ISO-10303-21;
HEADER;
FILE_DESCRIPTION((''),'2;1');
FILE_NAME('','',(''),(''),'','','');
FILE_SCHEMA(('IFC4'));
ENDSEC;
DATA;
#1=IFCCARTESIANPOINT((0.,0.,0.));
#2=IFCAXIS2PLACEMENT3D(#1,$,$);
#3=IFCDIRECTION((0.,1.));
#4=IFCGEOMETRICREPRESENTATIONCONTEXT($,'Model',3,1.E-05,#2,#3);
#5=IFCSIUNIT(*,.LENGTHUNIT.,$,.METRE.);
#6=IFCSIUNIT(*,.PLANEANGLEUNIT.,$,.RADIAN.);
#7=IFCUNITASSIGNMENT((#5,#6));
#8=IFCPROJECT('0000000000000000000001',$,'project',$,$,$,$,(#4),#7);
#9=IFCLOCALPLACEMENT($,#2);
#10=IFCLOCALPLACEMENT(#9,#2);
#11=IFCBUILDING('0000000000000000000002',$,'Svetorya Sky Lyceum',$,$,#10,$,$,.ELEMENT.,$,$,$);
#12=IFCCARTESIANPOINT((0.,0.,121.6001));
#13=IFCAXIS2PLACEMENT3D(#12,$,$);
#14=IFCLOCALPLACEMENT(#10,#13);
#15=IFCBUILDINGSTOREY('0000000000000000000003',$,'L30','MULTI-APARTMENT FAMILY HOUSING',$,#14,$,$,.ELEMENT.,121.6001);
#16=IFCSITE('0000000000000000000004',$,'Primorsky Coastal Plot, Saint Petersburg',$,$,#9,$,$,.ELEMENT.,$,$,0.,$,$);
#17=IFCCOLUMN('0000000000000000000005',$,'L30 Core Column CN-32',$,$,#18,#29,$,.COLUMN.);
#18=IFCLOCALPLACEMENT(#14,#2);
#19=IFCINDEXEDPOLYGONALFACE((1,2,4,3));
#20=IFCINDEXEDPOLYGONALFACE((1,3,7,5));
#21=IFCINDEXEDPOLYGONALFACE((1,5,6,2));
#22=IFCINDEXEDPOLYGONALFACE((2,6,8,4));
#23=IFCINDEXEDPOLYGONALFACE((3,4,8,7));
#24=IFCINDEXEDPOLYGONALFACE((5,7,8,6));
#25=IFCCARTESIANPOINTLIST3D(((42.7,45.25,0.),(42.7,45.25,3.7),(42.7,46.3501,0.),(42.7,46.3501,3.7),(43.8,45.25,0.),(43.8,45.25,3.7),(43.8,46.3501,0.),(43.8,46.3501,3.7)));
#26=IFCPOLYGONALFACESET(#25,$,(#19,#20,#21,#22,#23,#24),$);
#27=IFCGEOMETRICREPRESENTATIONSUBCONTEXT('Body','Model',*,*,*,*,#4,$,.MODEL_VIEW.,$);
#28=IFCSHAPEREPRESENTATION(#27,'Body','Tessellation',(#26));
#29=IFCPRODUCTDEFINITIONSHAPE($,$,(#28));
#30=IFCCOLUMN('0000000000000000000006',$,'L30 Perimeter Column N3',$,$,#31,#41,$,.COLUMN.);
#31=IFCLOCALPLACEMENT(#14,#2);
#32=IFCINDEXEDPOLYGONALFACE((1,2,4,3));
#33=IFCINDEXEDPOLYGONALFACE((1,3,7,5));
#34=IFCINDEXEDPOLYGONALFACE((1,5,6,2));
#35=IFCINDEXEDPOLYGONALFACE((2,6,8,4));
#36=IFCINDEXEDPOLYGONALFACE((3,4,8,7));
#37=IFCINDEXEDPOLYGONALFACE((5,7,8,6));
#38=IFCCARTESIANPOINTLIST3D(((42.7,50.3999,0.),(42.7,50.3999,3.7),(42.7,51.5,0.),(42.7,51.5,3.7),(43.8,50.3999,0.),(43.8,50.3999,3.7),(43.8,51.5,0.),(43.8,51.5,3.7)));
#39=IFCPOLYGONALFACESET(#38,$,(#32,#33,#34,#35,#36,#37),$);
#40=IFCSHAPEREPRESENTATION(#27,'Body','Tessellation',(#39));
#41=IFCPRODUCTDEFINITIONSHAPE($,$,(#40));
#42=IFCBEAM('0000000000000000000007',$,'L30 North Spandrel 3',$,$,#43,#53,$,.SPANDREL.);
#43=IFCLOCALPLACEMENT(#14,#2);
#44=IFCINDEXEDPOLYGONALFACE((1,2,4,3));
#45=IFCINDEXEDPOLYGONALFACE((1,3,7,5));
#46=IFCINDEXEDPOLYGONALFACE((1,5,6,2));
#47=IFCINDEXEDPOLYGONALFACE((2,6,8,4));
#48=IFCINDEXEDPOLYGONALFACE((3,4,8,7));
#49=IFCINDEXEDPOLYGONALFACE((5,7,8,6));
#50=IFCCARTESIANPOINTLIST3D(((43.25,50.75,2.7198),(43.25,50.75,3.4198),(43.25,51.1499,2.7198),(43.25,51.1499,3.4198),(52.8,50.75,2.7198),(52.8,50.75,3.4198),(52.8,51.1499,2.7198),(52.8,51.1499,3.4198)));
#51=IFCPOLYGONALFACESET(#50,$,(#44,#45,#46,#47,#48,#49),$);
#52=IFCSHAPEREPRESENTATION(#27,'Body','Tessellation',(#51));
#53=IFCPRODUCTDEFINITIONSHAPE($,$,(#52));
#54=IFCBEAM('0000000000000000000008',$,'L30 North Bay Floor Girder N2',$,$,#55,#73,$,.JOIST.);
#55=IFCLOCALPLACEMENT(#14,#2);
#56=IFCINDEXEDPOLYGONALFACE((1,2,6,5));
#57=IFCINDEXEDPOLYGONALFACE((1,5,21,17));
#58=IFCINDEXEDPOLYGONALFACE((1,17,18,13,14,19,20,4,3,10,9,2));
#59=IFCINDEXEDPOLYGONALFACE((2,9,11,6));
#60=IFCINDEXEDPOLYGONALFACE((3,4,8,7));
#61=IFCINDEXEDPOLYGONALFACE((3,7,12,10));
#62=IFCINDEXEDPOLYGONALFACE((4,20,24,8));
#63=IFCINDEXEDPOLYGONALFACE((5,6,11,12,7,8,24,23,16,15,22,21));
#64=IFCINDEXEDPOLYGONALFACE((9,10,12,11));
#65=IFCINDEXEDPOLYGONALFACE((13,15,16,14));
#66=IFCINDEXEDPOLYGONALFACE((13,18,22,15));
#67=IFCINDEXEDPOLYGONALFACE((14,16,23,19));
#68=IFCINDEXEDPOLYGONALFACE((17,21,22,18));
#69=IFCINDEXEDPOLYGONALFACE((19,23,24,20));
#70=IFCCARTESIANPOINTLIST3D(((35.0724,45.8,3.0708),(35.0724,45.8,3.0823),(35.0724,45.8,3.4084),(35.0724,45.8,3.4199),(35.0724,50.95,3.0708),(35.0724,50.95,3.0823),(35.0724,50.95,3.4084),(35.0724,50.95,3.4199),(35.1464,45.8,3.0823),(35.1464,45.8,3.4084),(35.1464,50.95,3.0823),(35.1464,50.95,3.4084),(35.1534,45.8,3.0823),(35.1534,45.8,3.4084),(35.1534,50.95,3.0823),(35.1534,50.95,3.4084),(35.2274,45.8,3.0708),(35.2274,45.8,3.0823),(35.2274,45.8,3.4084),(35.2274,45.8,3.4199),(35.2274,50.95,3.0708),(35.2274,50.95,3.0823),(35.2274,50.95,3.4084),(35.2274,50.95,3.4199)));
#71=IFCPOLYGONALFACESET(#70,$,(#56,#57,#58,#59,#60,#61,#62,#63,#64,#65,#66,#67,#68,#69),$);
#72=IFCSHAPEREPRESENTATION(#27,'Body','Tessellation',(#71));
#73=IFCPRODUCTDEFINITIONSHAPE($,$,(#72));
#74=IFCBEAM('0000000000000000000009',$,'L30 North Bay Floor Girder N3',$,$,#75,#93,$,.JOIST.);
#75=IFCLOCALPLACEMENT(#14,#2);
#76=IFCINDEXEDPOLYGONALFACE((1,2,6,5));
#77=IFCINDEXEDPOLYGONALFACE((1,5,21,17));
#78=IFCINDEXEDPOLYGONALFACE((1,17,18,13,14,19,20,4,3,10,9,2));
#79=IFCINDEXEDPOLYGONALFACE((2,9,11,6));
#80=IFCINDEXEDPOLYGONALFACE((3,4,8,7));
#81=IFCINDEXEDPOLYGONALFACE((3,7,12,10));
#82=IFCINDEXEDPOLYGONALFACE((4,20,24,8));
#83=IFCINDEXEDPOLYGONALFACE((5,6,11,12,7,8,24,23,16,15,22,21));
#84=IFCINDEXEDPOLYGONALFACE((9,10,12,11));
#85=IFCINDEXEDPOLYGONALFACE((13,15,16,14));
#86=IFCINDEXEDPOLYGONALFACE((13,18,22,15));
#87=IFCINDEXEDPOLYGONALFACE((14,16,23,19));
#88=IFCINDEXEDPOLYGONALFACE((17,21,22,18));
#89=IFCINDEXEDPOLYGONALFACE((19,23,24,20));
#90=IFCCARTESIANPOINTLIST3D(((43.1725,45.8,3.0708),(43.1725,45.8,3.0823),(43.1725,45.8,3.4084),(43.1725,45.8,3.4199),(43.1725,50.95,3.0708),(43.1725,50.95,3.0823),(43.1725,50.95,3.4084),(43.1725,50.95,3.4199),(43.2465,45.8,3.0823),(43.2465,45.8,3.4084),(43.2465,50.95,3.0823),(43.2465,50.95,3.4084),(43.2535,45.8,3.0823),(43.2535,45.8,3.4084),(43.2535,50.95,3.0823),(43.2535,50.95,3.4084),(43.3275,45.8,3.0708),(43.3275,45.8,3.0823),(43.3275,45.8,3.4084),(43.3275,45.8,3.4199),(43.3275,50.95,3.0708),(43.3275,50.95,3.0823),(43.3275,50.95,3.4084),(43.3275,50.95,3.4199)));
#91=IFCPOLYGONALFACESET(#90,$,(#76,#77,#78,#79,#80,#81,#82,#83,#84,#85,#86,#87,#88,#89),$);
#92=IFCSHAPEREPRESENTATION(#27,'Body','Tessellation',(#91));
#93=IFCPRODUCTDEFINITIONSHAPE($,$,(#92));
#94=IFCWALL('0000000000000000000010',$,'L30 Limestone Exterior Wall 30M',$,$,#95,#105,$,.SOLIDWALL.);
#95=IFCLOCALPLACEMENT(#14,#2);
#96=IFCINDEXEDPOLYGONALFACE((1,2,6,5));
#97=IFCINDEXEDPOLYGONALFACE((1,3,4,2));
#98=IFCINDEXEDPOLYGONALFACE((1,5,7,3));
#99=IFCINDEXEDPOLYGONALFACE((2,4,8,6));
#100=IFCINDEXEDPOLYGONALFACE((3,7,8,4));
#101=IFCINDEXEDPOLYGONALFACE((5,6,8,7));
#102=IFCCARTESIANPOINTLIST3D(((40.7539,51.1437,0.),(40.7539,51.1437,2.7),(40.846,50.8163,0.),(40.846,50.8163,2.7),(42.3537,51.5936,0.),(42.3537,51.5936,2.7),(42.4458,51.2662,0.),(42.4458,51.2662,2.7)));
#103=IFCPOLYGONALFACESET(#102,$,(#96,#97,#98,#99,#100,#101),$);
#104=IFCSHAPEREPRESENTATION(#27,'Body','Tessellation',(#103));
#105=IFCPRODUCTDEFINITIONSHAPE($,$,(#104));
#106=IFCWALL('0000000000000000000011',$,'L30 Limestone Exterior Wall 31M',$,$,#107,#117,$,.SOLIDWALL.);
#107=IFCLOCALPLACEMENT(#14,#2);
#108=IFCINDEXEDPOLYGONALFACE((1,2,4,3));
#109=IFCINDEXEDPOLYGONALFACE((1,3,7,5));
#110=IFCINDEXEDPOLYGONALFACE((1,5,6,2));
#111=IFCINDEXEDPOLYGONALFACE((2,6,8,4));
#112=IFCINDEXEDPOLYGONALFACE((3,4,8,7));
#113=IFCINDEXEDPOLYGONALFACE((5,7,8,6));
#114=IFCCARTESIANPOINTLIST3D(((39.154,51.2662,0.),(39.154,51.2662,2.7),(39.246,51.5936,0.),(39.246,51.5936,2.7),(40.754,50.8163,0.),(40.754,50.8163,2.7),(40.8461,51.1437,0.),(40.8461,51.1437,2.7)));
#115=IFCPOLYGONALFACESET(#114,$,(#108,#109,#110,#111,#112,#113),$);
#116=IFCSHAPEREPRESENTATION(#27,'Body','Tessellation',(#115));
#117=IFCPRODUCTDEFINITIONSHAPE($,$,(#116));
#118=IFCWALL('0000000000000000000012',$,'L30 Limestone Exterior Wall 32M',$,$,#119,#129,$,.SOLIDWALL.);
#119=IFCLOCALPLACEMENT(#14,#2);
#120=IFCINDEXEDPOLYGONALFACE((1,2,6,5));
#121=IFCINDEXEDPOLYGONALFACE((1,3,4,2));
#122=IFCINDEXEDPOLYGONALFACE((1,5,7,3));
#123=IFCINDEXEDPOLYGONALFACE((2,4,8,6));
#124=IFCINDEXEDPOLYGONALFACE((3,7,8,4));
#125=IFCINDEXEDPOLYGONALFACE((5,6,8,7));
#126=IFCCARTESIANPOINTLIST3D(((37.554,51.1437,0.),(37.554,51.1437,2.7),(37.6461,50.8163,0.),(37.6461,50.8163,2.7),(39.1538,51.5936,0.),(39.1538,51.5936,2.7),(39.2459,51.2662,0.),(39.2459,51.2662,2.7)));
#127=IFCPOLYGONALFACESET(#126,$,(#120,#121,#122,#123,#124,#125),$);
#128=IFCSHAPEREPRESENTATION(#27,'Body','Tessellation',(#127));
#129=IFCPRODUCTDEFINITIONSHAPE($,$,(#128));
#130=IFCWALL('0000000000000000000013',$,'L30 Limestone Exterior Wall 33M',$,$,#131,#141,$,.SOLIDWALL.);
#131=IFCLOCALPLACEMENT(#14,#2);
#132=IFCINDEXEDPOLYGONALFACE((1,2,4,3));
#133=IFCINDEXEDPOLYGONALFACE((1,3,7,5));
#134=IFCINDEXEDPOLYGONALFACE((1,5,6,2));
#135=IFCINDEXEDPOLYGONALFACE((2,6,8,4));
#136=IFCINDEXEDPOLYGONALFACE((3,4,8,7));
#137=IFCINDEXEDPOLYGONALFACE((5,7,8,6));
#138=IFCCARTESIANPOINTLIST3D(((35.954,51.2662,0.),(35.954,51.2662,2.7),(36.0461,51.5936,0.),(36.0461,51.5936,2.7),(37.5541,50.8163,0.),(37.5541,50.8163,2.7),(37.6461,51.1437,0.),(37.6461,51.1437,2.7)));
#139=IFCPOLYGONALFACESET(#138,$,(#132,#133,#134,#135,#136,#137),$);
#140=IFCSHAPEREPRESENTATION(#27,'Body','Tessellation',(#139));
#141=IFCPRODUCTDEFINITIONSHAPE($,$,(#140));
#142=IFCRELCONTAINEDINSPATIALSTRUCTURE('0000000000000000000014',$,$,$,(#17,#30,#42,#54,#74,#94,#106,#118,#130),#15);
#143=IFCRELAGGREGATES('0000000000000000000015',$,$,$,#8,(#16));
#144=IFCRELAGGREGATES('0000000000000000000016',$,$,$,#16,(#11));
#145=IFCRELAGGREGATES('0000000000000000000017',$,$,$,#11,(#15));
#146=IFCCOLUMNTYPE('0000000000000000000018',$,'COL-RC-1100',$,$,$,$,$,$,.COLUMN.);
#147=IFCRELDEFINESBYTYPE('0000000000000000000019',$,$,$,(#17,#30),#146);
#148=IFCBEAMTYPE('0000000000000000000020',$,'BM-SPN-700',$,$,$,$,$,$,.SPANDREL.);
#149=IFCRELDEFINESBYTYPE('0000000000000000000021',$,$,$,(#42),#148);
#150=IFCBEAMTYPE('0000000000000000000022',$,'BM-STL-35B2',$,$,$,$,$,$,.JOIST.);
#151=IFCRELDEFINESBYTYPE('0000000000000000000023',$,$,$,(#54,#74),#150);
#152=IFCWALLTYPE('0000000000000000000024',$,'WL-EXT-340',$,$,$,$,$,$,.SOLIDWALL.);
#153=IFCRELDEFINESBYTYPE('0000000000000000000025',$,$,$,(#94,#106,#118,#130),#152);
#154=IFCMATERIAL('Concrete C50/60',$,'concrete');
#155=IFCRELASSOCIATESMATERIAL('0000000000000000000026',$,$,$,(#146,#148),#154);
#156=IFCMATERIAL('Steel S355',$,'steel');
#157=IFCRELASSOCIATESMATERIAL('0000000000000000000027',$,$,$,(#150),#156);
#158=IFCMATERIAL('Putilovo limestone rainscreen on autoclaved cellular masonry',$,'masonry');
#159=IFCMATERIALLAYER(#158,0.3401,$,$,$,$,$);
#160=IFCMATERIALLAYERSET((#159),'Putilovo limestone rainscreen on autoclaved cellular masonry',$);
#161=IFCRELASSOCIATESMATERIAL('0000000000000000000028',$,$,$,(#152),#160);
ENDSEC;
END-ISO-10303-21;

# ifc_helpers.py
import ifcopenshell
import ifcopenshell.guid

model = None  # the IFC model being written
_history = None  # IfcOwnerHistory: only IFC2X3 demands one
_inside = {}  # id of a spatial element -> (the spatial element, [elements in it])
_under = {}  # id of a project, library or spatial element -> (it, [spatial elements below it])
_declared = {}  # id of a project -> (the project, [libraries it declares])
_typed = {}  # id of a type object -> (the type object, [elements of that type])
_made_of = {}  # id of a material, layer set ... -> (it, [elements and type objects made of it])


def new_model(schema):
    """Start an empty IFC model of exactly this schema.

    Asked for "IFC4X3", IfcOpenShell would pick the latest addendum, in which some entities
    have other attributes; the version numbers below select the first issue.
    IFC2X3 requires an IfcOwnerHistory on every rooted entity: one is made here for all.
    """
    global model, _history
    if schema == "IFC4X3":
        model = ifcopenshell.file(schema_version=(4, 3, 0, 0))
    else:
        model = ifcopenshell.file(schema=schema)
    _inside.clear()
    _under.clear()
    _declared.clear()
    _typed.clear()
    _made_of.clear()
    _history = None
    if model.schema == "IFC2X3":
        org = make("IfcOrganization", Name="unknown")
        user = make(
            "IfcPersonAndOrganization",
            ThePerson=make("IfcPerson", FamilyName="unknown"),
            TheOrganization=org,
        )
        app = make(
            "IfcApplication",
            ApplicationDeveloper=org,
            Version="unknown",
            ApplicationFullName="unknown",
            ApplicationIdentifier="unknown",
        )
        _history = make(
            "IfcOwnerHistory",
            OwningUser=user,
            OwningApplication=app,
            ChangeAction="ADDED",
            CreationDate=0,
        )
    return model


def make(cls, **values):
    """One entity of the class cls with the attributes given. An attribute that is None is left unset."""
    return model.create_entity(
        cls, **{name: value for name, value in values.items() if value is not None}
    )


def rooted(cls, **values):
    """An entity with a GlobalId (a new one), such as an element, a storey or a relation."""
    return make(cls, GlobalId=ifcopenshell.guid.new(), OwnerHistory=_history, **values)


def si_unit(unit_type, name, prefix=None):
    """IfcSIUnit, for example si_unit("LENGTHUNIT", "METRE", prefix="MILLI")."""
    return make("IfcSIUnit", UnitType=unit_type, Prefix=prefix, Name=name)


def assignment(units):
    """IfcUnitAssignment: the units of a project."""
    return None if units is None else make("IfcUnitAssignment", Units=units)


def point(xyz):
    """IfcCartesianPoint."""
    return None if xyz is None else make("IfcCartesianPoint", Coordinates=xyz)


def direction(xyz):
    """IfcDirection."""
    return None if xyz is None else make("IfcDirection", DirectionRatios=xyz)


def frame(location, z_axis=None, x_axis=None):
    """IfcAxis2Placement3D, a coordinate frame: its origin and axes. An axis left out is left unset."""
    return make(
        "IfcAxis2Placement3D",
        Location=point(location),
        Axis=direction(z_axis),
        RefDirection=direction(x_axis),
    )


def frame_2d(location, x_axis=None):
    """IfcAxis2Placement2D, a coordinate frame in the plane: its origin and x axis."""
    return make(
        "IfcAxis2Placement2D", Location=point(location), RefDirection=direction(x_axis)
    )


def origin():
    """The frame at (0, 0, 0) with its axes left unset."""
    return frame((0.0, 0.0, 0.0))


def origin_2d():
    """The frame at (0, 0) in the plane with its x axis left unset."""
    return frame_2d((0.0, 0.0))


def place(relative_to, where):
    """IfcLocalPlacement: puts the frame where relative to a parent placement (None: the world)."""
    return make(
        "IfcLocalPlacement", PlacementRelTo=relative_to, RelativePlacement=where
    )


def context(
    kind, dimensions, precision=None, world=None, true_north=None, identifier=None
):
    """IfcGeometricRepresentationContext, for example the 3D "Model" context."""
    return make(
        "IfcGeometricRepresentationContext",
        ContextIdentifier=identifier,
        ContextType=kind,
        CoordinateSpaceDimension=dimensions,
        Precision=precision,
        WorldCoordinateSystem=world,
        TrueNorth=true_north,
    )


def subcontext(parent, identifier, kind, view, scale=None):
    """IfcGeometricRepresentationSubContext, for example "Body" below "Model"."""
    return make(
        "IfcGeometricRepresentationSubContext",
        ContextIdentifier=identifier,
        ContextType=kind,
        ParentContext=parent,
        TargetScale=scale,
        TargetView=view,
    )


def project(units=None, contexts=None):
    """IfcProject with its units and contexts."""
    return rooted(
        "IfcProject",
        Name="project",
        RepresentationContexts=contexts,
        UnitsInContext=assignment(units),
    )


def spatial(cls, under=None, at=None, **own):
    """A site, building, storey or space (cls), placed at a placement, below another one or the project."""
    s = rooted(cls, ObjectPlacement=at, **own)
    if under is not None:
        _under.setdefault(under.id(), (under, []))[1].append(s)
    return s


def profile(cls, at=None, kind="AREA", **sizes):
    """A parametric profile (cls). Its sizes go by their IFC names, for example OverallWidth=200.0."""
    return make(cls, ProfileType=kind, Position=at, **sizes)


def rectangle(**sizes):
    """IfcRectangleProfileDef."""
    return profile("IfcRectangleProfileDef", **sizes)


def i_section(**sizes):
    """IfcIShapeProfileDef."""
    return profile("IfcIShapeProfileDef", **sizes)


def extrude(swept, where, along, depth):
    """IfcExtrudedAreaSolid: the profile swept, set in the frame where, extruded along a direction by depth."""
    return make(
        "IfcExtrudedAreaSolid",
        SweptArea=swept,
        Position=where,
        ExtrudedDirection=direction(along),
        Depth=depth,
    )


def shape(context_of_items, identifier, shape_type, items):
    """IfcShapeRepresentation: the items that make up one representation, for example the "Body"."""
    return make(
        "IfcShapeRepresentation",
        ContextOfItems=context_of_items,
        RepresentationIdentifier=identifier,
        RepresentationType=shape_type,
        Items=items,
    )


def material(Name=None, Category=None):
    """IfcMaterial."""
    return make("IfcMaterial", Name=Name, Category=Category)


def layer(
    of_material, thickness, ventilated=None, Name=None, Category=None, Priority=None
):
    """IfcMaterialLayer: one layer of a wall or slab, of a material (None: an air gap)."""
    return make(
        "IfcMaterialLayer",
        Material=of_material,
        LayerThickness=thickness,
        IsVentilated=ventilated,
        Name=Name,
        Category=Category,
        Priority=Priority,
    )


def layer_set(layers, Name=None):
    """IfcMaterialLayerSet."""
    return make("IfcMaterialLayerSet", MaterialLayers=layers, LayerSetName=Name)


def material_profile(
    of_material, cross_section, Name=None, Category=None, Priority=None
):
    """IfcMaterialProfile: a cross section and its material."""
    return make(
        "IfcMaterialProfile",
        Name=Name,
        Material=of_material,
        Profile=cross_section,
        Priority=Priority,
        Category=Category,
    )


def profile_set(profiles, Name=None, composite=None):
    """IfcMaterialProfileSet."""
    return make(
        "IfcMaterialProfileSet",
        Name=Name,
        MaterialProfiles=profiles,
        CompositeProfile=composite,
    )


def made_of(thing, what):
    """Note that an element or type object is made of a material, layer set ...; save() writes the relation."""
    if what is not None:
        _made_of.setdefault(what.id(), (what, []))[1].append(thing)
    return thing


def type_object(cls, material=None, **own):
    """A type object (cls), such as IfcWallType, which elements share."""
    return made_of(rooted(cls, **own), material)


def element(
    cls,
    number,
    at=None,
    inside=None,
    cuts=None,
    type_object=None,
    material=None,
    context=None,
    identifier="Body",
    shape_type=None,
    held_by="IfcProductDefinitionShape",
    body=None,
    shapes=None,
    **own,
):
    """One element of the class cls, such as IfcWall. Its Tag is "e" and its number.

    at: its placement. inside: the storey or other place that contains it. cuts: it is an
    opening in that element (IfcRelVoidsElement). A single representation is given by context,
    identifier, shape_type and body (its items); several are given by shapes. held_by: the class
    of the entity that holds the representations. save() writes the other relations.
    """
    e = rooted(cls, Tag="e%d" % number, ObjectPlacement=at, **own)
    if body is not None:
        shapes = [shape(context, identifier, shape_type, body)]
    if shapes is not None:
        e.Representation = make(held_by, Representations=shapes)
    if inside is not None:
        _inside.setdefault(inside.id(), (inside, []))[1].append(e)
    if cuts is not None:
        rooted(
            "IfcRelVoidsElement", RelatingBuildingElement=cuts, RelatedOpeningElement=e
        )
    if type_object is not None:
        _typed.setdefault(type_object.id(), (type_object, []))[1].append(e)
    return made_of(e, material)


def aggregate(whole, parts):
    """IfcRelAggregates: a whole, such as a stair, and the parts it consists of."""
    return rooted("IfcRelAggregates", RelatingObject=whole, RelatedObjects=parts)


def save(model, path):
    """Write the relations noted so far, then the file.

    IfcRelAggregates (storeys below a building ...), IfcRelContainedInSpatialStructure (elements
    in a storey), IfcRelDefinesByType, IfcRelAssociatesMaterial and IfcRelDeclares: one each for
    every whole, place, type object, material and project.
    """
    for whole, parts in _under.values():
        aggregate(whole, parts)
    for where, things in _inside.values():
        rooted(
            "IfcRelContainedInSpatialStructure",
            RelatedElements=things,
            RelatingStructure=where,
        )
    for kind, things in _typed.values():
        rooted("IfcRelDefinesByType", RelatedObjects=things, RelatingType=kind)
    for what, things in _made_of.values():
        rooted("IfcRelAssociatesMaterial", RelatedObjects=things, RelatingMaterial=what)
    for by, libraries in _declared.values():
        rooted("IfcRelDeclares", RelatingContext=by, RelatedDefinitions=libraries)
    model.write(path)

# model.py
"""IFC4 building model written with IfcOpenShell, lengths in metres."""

from ifc_helpers import new_model, si_unit, direction, frame, frame_2d, origin, origin_2d, place, context, subcontext, project, spatial, rectangle, i_section, extrude, material, layer, layer_set, material_profile, profile_set, type_object, element, save


model = new_model("IFC4")

# Units and contexts
model_context = context("Model", 3, precision=1e-05, world=origin(), true_north=direction((0.0, 1.0)))
body_context = subcontext(model_context, "Body", "Model", "MODEL_VIEW")
ifc_project = project(units=[si_unit("LENGTHUNIT", "METRE"), si_unit("PLANEANGLEUNIT", "RADIAN")], contexts=[model_context])

# Site, building, storey
site_placement = place(None, origin())
site = spatial("IfcSite", under=ifc_project, at=site_placement, Name="Primorsky Coastal Plot, Saint Petersburg", CompositionType="ELEMENT", RefElevation=0.0)
building_placement = place(site_placement, origin())
building = spatial("IfcBuilding", under=site, at=building_placement, Name="Svetorya Sky Lyceum", CompositionType="ELEMENT")
storey_placement = place(building_placement, frame((0.0, 0.0, 121.6001)))
storey = spatial("IfcBuildingStorey", under=building, at=storey_placement, Name="L30", Description="MULTI-APARTMENT FAMILY HOUSING", CompositionType="ELEMENT", Elevation=121.6001)

# Columns
ifc_material_1 = material(Name="Concrete C50/60", Category="concrete")
ifc_material_profile_1 = material_profile(ifc_material_1, rectangle(XDim=1.1001, YDim=1.1001, at=origin_2d()), Name="RC COL 1100x1100")
ifc_profile_set_1 = profile_set([ifc_material_profile_1], Name="Concrete C50/60")
column_type = type_object("IfcColumnType", Name="COL-RC-1100", PredefinedType="COLUMN", material=ifc_profile_set_1)
for number, where, z_axis, x_axis, name in (
    (1, (43.25, 45.8, 0.0), (0.0, 0.0, 1.0), (1.0, 0.0, 0.0), "L30 Core Column CN-32"),
    (2, (43.25, 50.95, 0.0), (0.0, 0.0, 1.0), (1.0, 0.0, 0.0), "L30 Perimeter Column N3"),
):
    element("IfcColumn", number, at=place(storey_placement, frame(where, z_axis=z_axis, x_axis=x_axis)), inside=storey, type_object=column_type, Name=name, PredefinedType="COLUMN", context=body_context, shape_type="SweptSolid", body=[
        extrude(rectangle(XDim=1.1001, YDim=1.1001, at=origin_2d()), origin(), (0.0, 0.0, 1.0), 3.7),
    ])

# Beams
ifc_material_profile_2 = material_profile(ifc_material_1, rectangle(XDim=0.3999, YDim=0.7, at=origin_2d()), Name="RC SPANDREL 400x700")
ifc_profile_set_2 = profile_set([ifc_material_profile_2], Name="Concrete C50/60")
beam_type_1 = type_object("IfcBeamType", Name="BM-SPN-700", PredefinedType="SPANDREL", material=ifc_profile_set_2)
beam_placement = place(storey_placement, frame((43.25, 50.95, 3.0698), z_axis=(1.0, 0.0, 0.0), x_axis=(0.0, 1.0, 0.0)))
element("IfcBeam", 3, at=beam_placement, inside=storey, type_object=beam_type_1, Name="L30 North Spandrel 3", PredefinedType="SPANDREL", context=body_context, shape_type="SweptSolid", body=[
    extrude(rectangle(XDim=0.3999, YDim=0.7, at=origin_2d()), origin(), (0.0, 0.0, 1.0), 9.55),
])
ifc_material_2 = material(Name="Steel S355", Category="steel")
ifc_material_profile_3 = material_profile(ifc_material_2, i_section(OverallWidth=0.155, OverallDepth=0.3491, WebThickness=0.0071, FlangeThickness=0.0115, at=origin_2d()), Name="GOST 35B2")
ifc_profile_set_3 = profile_set([ifc_material_profile_3], Name="Steel S355")
beam_type_2 = type_object("IfcBeamType", Name="BM-STL-35B2", PredefinedType="JOIST", material=ifc_profile_set_3)
for number, where, z_axis, x_axis, name in (
    (4, (35.1499, 45.8, 3.2454), (0.0, 1.0, 0.0), (-1.0, 0.0, 0.0), "L30 North Bay Floor Girder N2"),
    (5, (43.25, 45.8, 3.2454), (0.0, 1.0, 0.0), (-1.0, 0.0, 0.0), "L30 North Bay Floor Girder N3"),
):
    element("IfcBeam", number, at=place(storey_placement, frame(where, z_axis=z_axis, x_axis=x_axis)), inside=storey, type_object=beam_type_2, Name=name, PredefinedType="JOIST", context=body_context, shape_type="SweptSolid", body=[
        extrude(i_section(OverallWidth=0.155, OverallDepth=0.3491, WebThickness=0.0071, FlangeThickness=0.0115, at=origin_2d()), origin(), (0.0, 0.0, 1.0), 5.1499),
    ])

# Walls
ifc_material_3 = material(Name="Putilovo limestone rainscreen on autoclaved cellular masonry", Category="masonry")
ifc_layer_1 = layer(ifc_material_3, 0.3401)
ifc_layer_set_1 = layer_set([ifc_layer_1], Name="Putilovo limestone rainscreen on autoclaved cellular masonry")
wall_type_1 = type_object("IfcWallType", Name="WL-EXT-340", PredefinedType="SOLIDWALL", material=ifc_layer_set_1)
wall_1_placement = place(storey_placement, frame((42.3999, 51.4299, 0.0), z_axis=(0.0, 0.0, 1.0), x_axis=(-0.962652, -0.270741, 0.0)))
element("IfcWall", 6, at=wall_1_placement, inside=storey, type_object=wall_type_1, Name="L30 Limestone Exterior Wall 30M", PredefinedType="SOLIDWALL", context=body_context, shape_type="SweptSolid", body=[
    extrude(rectangle(XDim=1.6619, YDim=0.3401, at=frame_2d((0.8311, 0.0))), origin(), (0.0, 0.0, 1.0), 2.7),
])
wall_2_placement = place(storey_placement, frame((40.8, 50.98, 0.0), z_axis=(0.0, 0.0, 1.0), x_axis=(-0.962663, 0.270703, 0.0)))
element("IfcWall", 7, at=wall_2_placement, inside=storey, type_object=wall_type_1, Name="L30 Limestone Exterior Wall 31M", PredefinedType="SOLIDWALL", context=body_context, shape_type="SweptSolid", body=[
    extrude(rectangle(XDim=1.6621, YDim=0.3401, at=frame_2d((0.8311, 0.0))), origin(), (0.0, 0.0, 1.0), 2.7),
])
wall_3_placement = place(storey_placement, frame((39.2, 51.4299, 0.0), z_axis=(0.0, 0.0, 1.0), x_axis=(-0.962652, -0.270741, 0.0)))
element("IfcWall", 8, at=wall_3_placement, inside=storey, type_object=wall_type_1, Name="L30 Limestone Exterior Wall 32M", PredefinedType="SOLIDWALL", context=body_context, shape_type="SweptSolid", body=[
    extrude(rectangle(XDim=1.6619, YDim=0.3401, at=frame_2d((0.8311, 0.0))), origin(), (0.0, 0.0, 1.0), 2.7),
])
wall_4_placement = place(storey_placement, frame((37.6001, 50.98, 0.0), z_axis=(0.0, 0.0, 1.0), x_axis=(-0.962663, 0.270703, 0.0)))
element("IfcWall", 9, at=wall_4_placement, inside=storey, type_object=wall_type_1, Name="L30 Limestone Exterior Wall 33M", PredefinedType="SOLIDWALL", context=body_context, shape_type="SweptSolid", body=[
    extrude(rectangle(XDim=1.6621, YDim=0.3401, at=frame_2d((0.8311, 0.0))), origin(), (0.0, 0.0, 1.0), 2.7),
])

save(model, "model.ifc")
